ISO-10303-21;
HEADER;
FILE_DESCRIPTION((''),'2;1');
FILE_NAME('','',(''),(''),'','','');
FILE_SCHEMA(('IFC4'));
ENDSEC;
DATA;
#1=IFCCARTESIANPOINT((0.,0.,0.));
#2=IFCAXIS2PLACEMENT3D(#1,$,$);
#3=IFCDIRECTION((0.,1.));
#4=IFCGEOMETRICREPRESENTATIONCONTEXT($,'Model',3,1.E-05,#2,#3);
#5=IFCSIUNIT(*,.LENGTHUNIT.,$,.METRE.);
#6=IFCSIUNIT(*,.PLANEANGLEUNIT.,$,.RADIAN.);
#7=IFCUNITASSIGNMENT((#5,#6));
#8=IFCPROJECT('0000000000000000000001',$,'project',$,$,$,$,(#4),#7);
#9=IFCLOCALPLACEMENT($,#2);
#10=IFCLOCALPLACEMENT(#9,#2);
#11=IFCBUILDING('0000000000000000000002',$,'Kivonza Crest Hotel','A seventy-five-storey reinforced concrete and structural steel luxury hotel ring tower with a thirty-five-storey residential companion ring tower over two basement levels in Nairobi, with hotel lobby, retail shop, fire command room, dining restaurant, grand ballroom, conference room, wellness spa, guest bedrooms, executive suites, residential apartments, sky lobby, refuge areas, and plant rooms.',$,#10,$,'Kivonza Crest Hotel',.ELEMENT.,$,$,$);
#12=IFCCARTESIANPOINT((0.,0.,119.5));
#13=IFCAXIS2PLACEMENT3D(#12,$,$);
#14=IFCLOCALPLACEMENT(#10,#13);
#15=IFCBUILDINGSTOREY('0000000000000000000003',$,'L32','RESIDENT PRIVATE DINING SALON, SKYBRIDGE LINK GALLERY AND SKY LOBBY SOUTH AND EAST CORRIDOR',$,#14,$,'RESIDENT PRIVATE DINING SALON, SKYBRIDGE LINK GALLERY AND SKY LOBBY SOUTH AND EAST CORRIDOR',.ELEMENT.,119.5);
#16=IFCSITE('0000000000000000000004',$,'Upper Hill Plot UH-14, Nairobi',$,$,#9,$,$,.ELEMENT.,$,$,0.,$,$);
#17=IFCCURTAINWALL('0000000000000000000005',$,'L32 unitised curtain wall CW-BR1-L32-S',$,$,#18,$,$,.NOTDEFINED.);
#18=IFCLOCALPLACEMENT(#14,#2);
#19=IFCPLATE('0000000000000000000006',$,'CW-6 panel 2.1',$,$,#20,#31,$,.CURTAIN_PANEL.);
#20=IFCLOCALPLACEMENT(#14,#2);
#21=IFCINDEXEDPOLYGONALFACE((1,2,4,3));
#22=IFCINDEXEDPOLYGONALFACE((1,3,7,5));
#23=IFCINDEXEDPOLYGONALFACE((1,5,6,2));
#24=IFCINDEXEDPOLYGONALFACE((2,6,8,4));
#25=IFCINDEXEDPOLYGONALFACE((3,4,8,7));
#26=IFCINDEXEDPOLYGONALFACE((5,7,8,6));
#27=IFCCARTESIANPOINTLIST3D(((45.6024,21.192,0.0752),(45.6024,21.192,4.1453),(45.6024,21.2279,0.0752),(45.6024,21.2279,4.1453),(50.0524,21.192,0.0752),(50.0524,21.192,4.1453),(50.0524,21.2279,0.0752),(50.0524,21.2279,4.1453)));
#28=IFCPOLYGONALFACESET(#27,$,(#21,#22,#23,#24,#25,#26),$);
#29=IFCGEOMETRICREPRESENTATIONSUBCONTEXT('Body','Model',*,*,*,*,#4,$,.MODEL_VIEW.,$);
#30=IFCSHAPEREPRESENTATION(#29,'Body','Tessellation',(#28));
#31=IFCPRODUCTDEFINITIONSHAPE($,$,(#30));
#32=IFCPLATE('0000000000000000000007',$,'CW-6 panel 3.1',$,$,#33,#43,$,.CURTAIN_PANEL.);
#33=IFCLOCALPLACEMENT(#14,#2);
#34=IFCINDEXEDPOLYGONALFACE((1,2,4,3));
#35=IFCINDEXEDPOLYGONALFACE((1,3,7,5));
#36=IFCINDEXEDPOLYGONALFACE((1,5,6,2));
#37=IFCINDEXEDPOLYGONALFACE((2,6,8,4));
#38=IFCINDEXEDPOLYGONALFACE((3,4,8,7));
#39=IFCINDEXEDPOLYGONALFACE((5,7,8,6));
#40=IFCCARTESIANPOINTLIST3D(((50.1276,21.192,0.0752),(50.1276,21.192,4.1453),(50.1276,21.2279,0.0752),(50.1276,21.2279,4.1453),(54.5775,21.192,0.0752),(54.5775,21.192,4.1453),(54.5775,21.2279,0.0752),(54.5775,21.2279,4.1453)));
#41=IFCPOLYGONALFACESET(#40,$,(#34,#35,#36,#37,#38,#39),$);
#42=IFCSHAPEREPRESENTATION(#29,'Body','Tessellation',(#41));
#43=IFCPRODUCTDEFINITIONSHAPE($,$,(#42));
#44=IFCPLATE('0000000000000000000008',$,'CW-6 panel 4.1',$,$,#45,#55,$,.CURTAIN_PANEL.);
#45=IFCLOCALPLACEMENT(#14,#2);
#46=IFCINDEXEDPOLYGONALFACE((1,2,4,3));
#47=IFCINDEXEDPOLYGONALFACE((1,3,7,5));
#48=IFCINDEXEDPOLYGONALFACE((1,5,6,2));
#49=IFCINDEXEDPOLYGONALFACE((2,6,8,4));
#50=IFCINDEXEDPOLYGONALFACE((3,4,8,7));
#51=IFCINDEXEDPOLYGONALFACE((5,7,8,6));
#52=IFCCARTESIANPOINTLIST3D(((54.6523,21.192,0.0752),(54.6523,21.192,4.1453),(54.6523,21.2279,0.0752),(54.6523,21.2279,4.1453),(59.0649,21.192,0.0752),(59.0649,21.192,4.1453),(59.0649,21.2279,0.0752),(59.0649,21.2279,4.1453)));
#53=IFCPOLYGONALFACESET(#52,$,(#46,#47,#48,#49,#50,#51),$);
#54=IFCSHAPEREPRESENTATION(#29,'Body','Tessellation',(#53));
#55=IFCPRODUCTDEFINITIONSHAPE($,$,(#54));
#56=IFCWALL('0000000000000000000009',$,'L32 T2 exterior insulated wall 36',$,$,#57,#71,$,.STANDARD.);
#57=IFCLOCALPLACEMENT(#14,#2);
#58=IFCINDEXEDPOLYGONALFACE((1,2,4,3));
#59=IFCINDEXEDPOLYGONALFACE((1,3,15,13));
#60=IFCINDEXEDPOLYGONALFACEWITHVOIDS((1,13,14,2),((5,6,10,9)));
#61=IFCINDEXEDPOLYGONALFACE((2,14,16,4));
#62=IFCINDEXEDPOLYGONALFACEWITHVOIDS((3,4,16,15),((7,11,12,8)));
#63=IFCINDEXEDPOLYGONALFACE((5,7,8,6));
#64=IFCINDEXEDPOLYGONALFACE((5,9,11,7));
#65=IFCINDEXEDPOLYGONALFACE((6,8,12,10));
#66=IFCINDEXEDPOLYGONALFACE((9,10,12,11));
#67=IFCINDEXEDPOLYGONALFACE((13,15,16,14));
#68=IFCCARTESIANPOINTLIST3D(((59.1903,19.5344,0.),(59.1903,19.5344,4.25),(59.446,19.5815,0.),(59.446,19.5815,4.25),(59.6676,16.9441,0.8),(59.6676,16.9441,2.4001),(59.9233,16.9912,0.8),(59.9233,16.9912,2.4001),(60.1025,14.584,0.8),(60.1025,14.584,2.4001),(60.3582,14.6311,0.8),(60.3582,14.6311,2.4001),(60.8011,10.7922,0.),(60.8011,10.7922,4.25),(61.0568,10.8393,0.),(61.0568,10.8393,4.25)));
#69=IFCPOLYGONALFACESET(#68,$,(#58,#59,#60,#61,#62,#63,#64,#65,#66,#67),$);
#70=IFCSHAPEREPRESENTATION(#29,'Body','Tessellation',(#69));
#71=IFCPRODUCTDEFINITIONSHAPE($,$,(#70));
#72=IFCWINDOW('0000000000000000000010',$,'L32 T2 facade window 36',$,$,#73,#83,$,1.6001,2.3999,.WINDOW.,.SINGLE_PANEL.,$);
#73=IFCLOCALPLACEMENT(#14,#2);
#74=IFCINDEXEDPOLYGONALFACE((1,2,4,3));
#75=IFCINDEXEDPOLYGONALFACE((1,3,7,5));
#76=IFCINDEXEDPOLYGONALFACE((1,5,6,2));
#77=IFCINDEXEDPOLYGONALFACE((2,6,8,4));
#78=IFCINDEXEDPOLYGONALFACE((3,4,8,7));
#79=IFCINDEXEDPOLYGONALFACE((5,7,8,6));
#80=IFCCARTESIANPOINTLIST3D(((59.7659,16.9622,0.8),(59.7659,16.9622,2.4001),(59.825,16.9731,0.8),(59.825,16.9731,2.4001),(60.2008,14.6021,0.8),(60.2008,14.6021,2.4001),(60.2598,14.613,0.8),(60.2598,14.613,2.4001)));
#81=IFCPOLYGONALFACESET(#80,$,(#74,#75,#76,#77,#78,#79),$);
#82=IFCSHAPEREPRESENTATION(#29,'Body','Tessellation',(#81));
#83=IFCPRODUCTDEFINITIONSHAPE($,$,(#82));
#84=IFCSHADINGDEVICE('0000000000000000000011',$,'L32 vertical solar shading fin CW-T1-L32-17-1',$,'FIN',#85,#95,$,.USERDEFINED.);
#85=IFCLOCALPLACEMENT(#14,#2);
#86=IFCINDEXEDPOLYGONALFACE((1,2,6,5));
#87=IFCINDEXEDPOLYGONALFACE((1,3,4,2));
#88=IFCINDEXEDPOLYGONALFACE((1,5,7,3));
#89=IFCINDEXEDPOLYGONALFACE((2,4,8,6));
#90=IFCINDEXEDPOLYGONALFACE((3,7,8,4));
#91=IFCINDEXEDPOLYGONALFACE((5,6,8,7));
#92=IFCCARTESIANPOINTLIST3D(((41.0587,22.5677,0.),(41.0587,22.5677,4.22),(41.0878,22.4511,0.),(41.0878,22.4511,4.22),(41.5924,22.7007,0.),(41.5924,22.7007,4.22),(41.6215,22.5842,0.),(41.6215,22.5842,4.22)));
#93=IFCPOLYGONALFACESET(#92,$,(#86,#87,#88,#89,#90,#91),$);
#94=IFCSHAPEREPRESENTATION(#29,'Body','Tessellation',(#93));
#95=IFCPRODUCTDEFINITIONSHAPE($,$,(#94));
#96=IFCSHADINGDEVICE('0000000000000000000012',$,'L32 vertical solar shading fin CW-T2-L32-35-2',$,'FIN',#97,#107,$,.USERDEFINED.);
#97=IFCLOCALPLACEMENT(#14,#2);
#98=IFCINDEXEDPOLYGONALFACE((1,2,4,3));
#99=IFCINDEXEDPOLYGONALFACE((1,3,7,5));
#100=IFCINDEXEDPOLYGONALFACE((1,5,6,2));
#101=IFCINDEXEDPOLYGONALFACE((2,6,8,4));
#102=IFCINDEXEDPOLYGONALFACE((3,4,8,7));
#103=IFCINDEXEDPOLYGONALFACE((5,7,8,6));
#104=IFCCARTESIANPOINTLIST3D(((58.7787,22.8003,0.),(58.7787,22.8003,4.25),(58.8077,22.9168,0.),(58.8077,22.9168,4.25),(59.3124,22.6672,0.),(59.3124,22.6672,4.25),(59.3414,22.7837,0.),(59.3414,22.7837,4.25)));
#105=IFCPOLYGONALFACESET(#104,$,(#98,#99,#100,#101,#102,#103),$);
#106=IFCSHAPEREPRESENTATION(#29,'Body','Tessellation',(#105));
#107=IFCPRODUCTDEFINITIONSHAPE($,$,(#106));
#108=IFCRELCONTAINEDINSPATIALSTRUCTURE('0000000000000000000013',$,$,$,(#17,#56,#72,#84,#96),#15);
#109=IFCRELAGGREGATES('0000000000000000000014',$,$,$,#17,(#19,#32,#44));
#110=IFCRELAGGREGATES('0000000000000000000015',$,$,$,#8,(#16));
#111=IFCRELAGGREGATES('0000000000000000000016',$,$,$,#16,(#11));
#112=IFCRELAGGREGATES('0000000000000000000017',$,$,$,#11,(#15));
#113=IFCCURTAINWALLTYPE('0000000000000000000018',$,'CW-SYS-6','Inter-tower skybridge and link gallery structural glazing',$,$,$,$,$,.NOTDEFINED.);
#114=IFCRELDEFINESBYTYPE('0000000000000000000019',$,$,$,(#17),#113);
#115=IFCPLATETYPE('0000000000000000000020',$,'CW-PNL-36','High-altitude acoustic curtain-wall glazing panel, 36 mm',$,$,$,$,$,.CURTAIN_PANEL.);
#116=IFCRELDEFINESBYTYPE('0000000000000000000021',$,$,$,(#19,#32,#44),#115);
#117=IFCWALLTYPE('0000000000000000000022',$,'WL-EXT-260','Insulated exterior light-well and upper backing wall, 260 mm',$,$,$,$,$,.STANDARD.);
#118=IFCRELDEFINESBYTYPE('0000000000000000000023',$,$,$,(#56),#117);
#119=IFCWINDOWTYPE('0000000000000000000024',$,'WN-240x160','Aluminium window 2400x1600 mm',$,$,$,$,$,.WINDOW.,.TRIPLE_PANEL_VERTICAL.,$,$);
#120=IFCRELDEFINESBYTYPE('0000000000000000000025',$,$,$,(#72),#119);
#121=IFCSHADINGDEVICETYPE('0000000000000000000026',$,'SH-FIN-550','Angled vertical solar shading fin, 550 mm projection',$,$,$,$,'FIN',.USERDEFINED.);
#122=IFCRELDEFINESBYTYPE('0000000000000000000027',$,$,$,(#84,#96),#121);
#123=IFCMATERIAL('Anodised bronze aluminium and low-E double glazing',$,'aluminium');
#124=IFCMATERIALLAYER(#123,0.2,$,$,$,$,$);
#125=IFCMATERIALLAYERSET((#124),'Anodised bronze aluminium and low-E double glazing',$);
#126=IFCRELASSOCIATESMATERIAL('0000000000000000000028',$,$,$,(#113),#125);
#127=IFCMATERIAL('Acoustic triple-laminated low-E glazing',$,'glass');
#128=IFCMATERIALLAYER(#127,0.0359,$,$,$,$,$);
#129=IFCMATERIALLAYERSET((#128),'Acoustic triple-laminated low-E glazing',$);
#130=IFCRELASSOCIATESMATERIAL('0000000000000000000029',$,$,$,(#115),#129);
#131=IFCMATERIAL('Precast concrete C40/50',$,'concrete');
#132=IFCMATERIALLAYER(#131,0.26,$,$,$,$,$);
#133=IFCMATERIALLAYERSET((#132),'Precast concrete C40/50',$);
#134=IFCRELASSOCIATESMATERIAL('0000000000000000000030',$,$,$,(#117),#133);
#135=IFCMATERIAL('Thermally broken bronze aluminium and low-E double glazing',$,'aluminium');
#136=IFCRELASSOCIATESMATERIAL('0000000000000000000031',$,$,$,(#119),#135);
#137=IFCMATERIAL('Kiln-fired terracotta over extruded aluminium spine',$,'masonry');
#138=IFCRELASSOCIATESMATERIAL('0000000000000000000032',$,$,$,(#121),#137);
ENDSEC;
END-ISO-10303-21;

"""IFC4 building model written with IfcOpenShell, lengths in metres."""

from ifc_helpers import new_model, si_unit, direction, frame, frame_2d, origin, origin_2d, place, context, subcontext, project, spatial, rectangle, extrude, material, layer, layer_set, type_object, element, fill, aggregate, save


model = new_model("IFC4")

# Units and contexts
model_context = context("Model", 3, precision=1e-05, world=origin(), true_north=direction((0.0, 1.0)))
body_context = subcontext(model_context, "Body", "Model", "MODEL_VIEW")
ifc_project = project(units=[si_unit("LENGTHUNIT", "METRE"), si_unit("PLANEANGLEUNIT", "RADIAN")], contexts=[model_context])

# Site, building, storey
site_placement = place(None, origin())
site = spatial("IfcSite", under=ifc_project, at=site_placement, Name="Upper Hill Plot UH-14, Nairobi", CompositionType="ELEMENT", RefElevation=0.0)
building_placement = place(site_placement, origin())
building = spatial("IfcBuilding", under=site, at=building_placement, Name="Kivonza Crest Hotel", Description="A seventy-five-storey reinforced concrete and structural steel luxury hotel ring tower with a thirty-five-storey residential companion ring tower over two basement levels in Nairobi, with hotel lobby, retail shop, fire command room, dining restaurant, grand ballroom, conference room, wellness spa, guest bedrooms, executive suites, residential apartments, sky lobby, refuge areas, and plant rooms.", LongName="Kivonza Crest Hotel", CompositionType="ELEMENT")
storey_placement = place(building_placement, frame((0.0, 0.0, 119.5)))
storey = spatial("IfcBuildingStorey", under=building, at=storey_placement, Name="L32", Description="RESIDENT PRIVATE DINING SALON, SKYBRIDGE LINK GALLERY AND SKY LOBBY SOUTH AND EAST CORRIDOR", LongName="RESIDENT PRIVATE DINING SALON, SKYBRIDGE LINK GALLERY AND SKY LOBBY SOUTH AND EAST CORRIDOR", CompositionType="ELEMENT", Elevation=119.5)

# Shared definitions
ifc_material_1 = material(Name="Anodised bronze aluminium and low-E double glazing", Category="aluminium")

# Curtain wall
ifc_layer_1 = layer(ifc_material_1, 0.2)
ifc_layer_set_1 = layer_set([ifc_layer_1], Name="Anodised bronze aluminium and low-E double glazing")
curtain_wall_type_1 = type_object("IfcCurtainWallType", Name="CW-SYS-6", Description="Inter-tower skybridge and link gallery structural glazing", PredefinedType="NOTDEFINED", material=ifc_layer_set_1)
curtain_wall_1_placement = place(storey_placement, origin())
curtain_wall_1 = element("IfcCurtainWall", 1, at=curtain_wall_1_placement, inside=storey, type_object=curtain_wall_type_1, Name="L32 unitised curtain wall CW-BR1-L32-S", PredefinedType="NOTDEFINED")

# Plates
ifc_material_2 = material(Name="Acoustic triple-laminated low-E glazing", Category="glass")
ifc_layer_2 = layer(ifc_material_2, 0.0359)
ifc_layer_set_2 = layer_set([ifc_layer_2], Name="Acoustic triple-laminated low-E glazing")
plate_type_1 = type_object("IfcPlateType", Name="CW-PNL-36", Description="High-altitude acoustic curtain-wall glazing panel, 36 mm", PredefinedType="CURTAIN_PANEL", material=ifc_layer_set_2)
plate_1_placement = place(storey_placement, frame((47.8274, 21.21, 0.0752), z_axis=(0.0, 0.0, 1.0), x_axis=(1.0, 0.0, 0.0)))
plate_1 = element("IfcPlate", 2, at=plate_1_placement, type_object=plate_type_1, Name="CW-6 panel 2.1", PredefinedType="CURTAIN_PANEL", context=body_context, shape_type="SweptSolid", body=[
    extrude(rectangle(XDim=4.45, YDim=0.0359, at=origin_2d()), origin(), (0.0, 0.0, 1.0), 4.0701),
])
plate_2_placement = place(storey_placement, frame((52.3525, 21.21, 0.0752), z_axis=(0.0, 0.0, 1.0), x_axis=(1.0, 0.0, 0.0)))
plate_2 = element("IfcPlate", 3, at=plate_2_placement, type_object=plate_type_1, Name="CW-6 panel 3.1", PredefinedType="CURTAIN_PANEL", context=body_context, shape_type="SweptSolid", body=[
    extrude(rectangle(XDim=4.45, YDim=0.0359, at=origin_2d()), origin(), (0.0, 0.0, 1.0), 4.0701),
])
plate_3_placement = place(storey_placement, frame((56.8586, 21.21, 0.0752), z_axis=(0.0, 0.0, 1.0), x_axis=(1.0, 0.0, 0.0)))
plate_3 = element("IfcPlate", 4, at=plate_3_placement, type_object=plate_type_1, Name="CW-6 panel 4.1", PredefinedType="CURTAIN_PANEL", context=body_context, shape_type="SweptSolid", body=[
    extrude(rectangle(XDim=4.4126, YDim=0.0359, at=origin_2d()), origin(), (0.0, 0.0, 1.0), 4.0701),
])
aggregate(curtain_wall_1, [plate_1, plate_2, plate_3])

# Wall, opening, window
ifc_material_3 = material(Name="Precast concrete C40/50", Category="concrete")
ifc_layer_3 = layer(ifc_material_3, 0.26)
ifc_layer_set_3 = layer_set([ifc_layer_3], Name="Precast concrete C40/50")
wall_type_1 = type_object("IfcWallType", Name="WL-EXT-260", Description="Insulated exterior light-well and upper backing wall, 260 mm", PredefinedType="STANDARD", material=ifc_layer_set_3)
wall_1_placement = place(storey_placement, frame((59.3181, 19.5581, 0.0), z_axis=(0.0, 0.0, 1.0), x_axis=(0.18121, -0.983444, 0.0)))
wall_1 = element("IfcWall", 5, at=wall_1_placement, inside=storey, type_object=wall_type_1, Name="L32 T2 exterior insulated wall 36", PredefinedType="STANDARD", context=body_context, shape_type="SweptSolid", body=[
    extrude(rectangle(XDim=8.8894, YDim=0.26, at=frame_2d((4.4448, 0.0))), origin(), (0.0, 0.0, 1.0), 4.25),
])
opening_1_placement = place(wall_1_placement, frame((2.634, 0.0, 0.8)))
opening_1 = element("IfcOpeningElement", 6, at=opening_1_placement, cuts=wall_1, PredefinedType="OPENING", context=body_context, shape_type="SweptSolid", body=[
    extrude(rectangle(XDim=2.3999, YDim=1.6001, at=frame_2d((1.2, 0.8))), frame((0.0, 0.1401, 0.0), z_axis=(0.0, -1.0, 0.0), x_axis=(1.0, 0.0, 0.0)), (0.0, 0.0, 1.0), 0.28),
])
ifc_material_4 = material(Name="Thermally broken bronze aluminium and low-E double glazing", Category="aluminium")
window_type = type_object("IfcWindowType", Name="WN-240x160", Description="Aluminium window 2400x1600 mm", PartitioningType="TRIPLE_PANEL_VERTICAL", PredefinedType="WINDOW", material=ifc_material_4)
window_placement = place(opening_1_placement, origin())
window = element("IfcWindow", 7, at=window_placement, inside=storey, type_object=window_type, Name="L32 T2 facade window 36", OverallHeight=1.6001, OverallWidth=2.3999, PartitioningType="SINGLE_PANEL", PredefinedType="WINDOW", context=body_context, shape_type="SweptSolid", body=[
    extrude(rectangle(XDim=2.3999, YDim=1.6001, at=frame_2d((1.2, 0.8))), frame((0.0, 0.03, 0.0), z_axis=(0.0, -1.0, 0.0), x_axis=(1.0, 0.0, 0.0)), (0.0, 0.0, 1.0), 0.0601),
])
fill(opening_1, window)

# Shading devices
ifc_material_5 = material(Name="Kiln-fired terracotta over extruded aluminium spine", Category="masonry")
shading_device_type = type_object("IfcShadingDeviceType", Name="SH-FIN-550", Description="Angled vertical solar shading fin, 550 mm projection", ElementType="FIN", PredefinedType="USERDEFINED", material=ifc_material_5)
shading_device_1_placement = place(storey_placement, frame((41.3401, 22.5759, 0.0), z_axis=(0.0, 0.0, 1.0), x_axis=(-0.241922, 0.970296, 0.0)))
element("IfcShadingDevice", 8, at=shading_device_1_placement, inside=storey, type_object=shading_device_type, Name="L32 vertical solar shading fin CW-T1-L32-17-1", ObjectType="FIN", PredefinedType="USERDEFINED", context=body_context, shape_type="SweptSolid", body=[
    extrude(rectangle(XDim=0.1201, YDim=0.55, at=origin_2d()), origin(), (0.0, 0.0, 1.0), 4.22),
])
shading_device_2_placement = place(storey_placement, frame((59.0601, 22.792, 0.0), z_axis=(0.0, 0.0, 1.0), x_axis=(-0.241922, -0.970296, 0.0)))
element("IfcShadingDevice", 9, at=shading_device_2_placement, inside=storey, type_object=shading_device_type, Name="L32 vertical solar shading fin CW-T2-L32-35-2", ObjectType="FIN", PredefinedType="USERDEFINED", context=body_context, shape_type="SweptSolid", body=[
    extrude(rectangle(XDim=0.1201, YDim=0.55, at=origin_2d()), origin(), (0.0, 0.0, 1.0), 4.25),
])

save(model, "model.ifc")
